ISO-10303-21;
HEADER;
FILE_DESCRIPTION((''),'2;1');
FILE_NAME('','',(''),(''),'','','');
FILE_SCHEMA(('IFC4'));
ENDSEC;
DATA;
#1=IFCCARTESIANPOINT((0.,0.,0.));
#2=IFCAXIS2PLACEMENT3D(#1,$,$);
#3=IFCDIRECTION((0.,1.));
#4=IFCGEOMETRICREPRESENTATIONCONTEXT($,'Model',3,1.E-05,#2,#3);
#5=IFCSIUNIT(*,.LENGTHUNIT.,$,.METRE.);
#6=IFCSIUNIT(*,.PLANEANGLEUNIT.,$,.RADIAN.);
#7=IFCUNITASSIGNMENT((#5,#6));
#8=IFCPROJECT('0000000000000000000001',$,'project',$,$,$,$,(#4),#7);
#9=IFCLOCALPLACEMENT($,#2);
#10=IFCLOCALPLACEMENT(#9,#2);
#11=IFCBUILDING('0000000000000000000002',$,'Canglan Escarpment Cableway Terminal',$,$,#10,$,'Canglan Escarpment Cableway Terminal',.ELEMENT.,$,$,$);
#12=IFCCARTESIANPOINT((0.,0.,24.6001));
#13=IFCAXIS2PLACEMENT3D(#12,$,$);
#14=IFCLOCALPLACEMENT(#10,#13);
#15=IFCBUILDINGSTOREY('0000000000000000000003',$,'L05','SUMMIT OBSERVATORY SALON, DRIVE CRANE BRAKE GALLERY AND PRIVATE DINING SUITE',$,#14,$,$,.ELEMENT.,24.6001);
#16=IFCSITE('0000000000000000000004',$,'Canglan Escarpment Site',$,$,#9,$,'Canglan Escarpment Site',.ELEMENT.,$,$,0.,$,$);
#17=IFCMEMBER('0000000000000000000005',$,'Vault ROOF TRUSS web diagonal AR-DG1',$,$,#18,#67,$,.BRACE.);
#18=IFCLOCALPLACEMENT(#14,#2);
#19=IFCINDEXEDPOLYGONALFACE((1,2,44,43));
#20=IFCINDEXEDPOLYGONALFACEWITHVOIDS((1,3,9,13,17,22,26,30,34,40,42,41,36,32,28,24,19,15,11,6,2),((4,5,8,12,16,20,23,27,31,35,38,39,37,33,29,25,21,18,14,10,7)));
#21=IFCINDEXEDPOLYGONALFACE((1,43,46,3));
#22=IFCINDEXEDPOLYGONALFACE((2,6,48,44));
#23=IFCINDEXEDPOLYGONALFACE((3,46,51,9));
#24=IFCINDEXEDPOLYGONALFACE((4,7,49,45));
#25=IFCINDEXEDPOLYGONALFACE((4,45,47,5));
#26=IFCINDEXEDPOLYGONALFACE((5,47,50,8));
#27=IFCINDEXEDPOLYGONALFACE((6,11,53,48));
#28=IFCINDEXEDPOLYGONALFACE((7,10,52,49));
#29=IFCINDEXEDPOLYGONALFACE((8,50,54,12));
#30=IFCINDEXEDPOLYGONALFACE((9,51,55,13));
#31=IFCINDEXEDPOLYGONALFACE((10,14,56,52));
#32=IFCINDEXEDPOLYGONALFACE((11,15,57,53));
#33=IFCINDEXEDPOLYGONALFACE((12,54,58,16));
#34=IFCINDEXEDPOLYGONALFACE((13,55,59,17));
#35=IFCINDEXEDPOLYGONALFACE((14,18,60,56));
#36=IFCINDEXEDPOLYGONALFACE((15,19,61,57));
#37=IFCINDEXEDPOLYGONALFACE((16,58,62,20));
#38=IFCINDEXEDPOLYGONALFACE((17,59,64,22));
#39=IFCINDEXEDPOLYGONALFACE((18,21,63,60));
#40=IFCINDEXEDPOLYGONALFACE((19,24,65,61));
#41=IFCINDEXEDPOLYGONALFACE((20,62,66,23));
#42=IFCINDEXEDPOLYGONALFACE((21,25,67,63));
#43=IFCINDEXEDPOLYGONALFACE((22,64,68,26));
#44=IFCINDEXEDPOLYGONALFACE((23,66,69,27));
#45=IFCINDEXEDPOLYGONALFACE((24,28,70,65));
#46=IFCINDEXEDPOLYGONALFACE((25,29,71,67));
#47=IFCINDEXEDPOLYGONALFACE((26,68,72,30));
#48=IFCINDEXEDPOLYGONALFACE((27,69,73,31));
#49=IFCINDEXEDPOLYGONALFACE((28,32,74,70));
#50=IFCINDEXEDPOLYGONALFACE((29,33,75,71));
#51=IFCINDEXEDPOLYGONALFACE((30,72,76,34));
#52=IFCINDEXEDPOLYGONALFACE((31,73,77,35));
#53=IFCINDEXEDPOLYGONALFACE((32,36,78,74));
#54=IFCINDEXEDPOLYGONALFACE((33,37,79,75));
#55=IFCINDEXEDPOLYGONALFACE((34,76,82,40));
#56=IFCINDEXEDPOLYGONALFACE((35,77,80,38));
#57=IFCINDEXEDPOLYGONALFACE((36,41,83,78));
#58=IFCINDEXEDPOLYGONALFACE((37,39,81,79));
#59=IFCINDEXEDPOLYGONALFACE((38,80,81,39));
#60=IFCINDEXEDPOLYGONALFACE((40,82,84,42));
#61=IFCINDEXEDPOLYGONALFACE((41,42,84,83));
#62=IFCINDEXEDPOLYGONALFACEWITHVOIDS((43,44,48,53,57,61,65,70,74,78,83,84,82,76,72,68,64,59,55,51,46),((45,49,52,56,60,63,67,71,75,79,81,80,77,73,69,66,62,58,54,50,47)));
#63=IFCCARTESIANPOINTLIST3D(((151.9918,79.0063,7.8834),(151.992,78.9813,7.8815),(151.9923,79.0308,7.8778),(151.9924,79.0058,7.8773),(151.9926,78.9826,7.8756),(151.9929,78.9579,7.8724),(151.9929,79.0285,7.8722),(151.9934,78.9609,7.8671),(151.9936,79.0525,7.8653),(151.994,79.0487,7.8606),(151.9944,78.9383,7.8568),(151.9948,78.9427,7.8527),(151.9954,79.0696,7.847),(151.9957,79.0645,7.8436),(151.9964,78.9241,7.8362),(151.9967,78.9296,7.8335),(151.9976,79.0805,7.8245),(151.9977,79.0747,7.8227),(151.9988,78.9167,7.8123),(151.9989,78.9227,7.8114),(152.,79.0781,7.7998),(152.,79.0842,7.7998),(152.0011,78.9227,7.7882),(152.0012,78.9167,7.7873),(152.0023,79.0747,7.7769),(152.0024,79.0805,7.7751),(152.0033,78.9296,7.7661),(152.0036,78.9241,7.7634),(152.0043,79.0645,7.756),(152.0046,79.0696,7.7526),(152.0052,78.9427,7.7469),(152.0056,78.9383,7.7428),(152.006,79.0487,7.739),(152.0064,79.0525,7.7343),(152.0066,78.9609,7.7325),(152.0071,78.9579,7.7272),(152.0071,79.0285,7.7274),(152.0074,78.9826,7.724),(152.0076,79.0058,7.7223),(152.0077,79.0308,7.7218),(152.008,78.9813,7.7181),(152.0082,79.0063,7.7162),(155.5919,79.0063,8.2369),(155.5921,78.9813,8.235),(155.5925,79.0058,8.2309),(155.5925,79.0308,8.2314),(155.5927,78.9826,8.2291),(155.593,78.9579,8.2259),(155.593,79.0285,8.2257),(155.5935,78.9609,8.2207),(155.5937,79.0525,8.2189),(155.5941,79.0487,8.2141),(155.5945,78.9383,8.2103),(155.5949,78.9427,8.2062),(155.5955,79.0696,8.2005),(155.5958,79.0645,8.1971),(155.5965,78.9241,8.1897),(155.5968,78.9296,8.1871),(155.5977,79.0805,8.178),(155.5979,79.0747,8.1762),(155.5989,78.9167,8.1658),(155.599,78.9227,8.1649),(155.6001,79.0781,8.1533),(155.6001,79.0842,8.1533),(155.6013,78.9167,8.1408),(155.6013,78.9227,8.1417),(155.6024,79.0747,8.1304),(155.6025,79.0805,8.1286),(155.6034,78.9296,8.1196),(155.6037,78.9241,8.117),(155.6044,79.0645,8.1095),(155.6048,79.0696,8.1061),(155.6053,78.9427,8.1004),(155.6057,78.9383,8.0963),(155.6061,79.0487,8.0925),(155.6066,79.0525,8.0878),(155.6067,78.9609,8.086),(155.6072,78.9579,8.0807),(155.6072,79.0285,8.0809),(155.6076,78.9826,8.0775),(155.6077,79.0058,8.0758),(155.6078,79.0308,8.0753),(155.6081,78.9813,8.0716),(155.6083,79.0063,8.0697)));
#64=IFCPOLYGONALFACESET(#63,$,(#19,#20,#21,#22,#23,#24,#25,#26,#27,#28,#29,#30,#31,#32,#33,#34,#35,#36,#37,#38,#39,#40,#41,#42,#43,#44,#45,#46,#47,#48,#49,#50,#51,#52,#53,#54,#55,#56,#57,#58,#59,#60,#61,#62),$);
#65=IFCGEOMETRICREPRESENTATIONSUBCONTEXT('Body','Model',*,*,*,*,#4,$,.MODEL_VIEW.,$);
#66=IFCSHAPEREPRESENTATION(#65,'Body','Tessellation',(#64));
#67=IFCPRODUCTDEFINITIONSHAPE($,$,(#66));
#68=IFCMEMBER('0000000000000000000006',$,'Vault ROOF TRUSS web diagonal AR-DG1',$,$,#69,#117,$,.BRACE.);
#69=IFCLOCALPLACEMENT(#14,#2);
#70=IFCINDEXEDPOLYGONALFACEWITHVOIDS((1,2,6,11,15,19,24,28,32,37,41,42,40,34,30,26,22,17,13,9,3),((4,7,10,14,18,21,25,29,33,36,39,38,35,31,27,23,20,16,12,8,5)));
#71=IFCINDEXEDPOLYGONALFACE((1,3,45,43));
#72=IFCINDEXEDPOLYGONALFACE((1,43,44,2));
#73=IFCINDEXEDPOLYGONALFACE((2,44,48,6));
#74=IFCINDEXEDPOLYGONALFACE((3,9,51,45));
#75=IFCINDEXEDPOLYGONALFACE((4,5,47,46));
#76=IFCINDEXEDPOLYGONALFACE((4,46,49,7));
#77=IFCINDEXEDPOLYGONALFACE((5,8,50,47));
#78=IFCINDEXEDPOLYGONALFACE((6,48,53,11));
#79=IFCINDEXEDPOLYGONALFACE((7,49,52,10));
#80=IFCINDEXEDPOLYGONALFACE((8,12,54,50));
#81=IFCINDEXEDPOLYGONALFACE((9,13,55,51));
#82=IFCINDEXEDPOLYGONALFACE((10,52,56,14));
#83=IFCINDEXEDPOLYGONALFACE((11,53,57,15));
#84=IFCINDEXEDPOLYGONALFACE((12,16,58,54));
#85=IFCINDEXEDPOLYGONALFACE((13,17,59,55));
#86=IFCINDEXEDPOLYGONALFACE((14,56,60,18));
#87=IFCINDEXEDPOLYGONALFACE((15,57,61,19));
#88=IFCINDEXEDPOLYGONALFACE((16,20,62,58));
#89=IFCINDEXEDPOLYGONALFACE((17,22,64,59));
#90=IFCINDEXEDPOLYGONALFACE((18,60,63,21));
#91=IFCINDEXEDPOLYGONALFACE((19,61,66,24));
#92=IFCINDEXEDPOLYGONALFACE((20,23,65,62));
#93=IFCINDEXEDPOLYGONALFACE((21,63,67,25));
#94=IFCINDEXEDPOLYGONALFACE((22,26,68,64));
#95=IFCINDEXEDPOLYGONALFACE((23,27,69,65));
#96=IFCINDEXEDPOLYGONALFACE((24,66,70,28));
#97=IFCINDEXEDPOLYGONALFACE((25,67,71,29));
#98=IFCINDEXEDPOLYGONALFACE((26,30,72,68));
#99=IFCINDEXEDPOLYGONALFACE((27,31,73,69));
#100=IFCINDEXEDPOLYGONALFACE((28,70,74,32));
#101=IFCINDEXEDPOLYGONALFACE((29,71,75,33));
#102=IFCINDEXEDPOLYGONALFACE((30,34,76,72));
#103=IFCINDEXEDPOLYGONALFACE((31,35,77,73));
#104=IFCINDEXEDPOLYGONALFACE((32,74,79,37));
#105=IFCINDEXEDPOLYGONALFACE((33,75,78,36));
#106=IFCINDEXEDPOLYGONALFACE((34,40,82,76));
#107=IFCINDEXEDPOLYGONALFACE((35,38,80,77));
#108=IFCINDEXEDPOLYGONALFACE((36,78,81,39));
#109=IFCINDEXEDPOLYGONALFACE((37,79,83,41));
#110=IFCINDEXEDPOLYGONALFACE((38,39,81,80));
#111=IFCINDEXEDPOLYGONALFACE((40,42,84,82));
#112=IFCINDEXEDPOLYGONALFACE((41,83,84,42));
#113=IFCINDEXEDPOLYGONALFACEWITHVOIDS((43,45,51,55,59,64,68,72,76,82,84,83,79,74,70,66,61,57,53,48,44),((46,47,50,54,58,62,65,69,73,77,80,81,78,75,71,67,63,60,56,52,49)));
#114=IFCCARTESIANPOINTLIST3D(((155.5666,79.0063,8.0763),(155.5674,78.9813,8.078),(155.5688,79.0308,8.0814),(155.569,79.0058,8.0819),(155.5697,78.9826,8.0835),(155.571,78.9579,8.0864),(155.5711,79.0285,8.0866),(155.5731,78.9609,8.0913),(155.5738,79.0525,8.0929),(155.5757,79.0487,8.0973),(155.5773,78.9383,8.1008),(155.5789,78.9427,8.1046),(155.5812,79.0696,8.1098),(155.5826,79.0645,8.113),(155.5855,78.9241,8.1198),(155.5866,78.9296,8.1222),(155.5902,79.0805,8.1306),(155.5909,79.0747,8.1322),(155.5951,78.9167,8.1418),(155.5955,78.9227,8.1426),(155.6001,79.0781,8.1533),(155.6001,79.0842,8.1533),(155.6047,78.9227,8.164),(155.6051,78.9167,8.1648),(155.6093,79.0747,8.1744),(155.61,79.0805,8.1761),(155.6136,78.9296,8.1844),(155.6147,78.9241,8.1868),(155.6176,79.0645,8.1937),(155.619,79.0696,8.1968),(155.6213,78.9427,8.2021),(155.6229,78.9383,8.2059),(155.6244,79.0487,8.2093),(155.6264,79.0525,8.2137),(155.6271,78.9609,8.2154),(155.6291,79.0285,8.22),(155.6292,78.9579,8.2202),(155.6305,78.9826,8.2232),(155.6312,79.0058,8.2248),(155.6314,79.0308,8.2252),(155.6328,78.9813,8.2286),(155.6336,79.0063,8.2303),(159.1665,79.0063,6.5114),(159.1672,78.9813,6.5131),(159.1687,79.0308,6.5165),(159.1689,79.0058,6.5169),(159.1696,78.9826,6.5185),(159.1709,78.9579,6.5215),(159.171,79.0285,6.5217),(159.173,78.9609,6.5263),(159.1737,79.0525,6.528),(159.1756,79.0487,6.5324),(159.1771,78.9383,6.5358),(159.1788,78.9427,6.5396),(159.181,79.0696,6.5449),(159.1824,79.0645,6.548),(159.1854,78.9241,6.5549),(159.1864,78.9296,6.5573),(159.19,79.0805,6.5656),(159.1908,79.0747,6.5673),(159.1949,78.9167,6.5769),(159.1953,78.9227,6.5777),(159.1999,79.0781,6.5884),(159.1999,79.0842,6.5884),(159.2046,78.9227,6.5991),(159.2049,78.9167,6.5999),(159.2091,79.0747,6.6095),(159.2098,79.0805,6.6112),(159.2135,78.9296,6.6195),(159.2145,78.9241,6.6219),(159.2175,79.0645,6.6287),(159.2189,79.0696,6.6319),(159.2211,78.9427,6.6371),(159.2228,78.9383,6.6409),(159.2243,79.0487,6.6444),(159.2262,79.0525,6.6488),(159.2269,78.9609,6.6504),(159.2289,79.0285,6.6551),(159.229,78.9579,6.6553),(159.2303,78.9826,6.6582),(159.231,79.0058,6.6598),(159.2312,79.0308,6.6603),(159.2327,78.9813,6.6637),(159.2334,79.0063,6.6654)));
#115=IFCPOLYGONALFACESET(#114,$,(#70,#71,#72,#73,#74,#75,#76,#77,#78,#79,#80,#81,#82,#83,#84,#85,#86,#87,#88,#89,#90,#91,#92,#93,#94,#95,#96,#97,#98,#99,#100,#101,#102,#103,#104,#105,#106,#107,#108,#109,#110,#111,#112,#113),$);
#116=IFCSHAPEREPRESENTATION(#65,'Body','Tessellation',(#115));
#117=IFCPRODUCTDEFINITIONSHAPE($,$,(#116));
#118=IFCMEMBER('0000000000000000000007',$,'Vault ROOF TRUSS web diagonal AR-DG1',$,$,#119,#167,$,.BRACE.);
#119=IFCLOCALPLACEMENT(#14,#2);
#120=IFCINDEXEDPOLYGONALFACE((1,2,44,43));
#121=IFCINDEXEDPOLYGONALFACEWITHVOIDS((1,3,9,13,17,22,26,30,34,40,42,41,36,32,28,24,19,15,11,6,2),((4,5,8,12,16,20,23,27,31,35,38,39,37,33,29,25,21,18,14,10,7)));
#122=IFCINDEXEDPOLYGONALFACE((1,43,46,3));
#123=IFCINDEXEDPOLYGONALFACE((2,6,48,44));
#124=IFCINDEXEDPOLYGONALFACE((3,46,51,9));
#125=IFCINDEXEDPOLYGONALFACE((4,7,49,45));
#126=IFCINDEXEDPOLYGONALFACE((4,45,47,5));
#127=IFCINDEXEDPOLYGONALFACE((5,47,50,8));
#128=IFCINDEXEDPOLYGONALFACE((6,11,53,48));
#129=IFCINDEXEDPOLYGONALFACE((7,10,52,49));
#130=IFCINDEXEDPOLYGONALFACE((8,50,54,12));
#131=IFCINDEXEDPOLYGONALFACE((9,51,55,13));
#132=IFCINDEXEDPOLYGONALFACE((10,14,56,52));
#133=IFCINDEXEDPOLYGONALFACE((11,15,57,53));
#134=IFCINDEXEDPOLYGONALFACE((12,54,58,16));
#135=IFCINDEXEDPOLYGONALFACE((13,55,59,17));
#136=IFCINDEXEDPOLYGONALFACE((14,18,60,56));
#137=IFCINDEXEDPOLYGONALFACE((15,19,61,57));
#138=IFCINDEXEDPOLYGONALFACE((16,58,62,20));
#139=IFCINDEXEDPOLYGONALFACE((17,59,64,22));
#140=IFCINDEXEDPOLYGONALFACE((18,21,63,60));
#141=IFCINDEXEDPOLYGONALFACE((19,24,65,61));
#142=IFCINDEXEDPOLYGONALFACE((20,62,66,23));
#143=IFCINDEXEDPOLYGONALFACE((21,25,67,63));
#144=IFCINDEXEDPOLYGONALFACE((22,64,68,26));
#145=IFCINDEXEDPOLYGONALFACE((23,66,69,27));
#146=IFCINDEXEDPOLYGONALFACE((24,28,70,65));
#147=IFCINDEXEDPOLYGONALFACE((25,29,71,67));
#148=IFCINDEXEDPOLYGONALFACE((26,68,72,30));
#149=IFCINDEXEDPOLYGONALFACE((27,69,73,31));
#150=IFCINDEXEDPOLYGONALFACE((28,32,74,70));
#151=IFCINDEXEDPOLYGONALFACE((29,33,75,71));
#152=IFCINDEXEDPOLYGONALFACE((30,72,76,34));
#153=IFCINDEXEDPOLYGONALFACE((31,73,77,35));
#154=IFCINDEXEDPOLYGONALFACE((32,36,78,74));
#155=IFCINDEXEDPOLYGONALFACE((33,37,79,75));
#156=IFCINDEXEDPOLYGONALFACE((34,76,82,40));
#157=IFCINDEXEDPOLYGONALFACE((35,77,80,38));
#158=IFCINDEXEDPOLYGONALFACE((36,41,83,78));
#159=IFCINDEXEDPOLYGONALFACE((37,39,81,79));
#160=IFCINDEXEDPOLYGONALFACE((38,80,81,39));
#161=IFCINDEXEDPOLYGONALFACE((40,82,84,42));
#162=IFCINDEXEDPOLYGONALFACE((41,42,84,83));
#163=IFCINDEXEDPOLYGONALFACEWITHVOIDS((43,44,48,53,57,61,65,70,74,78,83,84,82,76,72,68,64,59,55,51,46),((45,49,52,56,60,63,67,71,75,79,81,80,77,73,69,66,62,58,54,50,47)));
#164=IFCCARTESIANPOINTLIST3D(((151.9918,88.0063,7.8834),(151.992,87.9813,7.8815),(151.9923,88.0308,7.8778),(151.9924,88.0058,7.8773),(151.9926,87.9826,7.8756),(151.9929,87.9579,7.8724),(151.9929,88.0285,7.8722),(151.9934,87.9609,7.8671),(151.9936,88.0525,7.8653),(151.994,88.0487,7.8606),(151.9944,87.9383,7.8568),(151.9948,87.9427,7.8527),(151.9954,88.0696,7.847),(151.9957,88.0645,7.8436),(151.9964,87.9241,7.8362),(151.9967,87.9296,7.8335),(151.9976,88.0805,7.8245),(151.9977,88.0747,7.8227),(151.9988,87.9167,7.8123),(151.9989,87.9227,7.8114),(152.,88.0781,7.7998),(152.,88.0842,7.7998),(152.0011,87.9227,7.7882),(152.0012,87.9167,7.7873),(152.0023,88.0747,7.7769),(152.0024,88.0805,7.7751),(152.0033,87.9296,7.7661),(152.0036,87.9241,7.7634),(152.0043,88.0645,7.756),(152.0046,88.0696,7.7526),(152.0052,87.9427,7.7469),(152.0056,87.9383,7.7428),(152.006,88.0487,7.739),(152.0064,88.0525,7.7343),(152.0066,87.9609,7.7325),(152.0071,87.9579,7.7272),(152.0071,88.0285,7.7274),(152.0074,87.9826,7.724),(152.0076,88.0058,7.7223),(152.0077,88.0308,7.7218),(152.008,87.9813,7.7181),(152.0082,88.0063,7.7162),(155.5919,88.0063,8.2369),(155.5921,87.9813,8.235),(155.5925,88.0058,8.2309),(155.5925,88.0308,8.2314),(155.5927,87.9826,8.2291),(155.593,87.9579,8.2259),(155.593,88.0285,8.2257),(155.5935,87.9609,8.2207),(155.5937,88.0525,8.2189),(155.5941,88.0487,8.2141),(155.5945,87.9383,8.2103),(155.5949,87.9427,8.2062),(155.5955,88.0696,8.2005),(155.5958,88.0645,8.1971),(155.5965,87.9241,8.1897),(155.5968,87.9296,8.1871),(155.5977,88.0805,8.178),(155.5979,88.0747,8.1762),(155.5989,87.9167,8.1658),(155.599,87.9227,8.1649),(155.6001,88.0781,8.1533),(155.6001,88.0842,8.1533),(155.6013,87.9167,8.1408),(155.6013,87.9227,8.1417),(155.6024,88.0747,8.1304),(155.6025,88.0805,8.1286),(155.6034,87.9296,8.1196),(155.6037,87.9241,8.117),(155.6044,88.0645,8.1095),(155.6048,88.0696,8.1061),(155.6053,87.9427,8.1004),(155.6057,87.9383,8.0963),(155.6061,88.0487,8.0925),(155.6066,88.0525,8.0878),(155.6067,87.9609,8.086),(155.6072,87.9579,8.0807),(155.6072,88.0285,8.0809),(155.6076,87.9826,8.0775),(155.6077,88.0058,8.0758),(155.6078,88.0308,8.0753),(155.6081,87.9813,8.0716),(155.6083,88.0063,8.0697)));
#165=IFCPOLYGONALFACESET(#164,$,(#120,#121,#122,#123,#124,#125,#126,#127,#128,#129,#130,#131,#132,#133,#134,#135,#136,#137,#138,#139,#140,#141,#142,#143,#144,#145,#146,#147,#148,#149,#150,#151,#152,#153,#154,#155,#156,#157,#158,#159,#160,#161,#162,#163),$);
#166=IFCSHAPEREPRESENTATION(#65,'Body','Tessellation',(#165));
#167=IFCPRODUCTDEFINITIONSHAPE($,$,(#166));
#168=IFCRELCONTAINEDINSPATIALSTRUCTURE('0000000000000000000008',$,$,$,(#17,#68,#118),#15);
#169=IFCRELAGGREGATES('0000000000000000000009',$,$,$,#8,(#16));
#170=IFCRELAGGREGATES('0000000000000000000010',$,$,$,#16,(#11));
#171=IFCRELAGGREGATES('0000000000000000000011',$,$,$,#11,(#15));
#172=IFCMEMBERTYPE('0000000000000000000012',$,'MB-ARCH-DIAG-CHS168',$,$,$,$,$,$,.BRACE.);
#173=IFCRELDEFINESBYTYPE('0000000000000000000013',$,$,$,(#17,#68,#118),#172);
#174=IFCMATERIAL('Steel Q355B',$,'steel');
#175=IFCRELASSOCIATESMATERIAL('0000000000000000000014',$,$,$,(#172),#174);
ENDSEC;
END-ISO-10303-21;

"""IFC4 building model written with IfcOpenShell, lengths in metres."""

from ifc_helpers import new_model, si_unit, direction, frame, origin, origin_2d, place, context, subcontext, project, spatial, hollow_circle, extrude, material, material_profile, profile_set, type_object, element, save


model = new_model("IFC4")

# Units and contexts
model_context = context("Model", 3, precision=1e-05, world=origin(), true_north=direction((0.0, 1.0)))
body_context = subcontext(model_context, "Body", "Model", "MODEL_VIEW")
ifc_project = project(units=[si_unit("LENGTHUNIT", "METRE"), si_unit("PLANEANGLEUNIT", "RADIAN")], contexts=[model_context])

# Site, building, storey
site_placement = place(None, origin())
site = spatial("IfcSite", under=ifc_project, at=site_placement, Name="Canglan Escarpment Site", LongName="Canglan Escarpment Site", CompositionType="ELEMENT", RefElevation=0.0)
building_placement = place(site_placement, origin())
building = spatial("IfcBuilding", under=site, at=building_placement, Name="Canglan Escarpment Cableway Terminal", LongName="Canglan Escarpment Cableway Terminal", CompositionType="ELEMENT")
storey_placement = place(building_placement, frame((0.0, 0.0, 24.6001)))
storey = spatial("IfcBuildingStorey", under=building, at=storey_placement, Name="L05", Description="SUMMIT OBSERVATORY SALON, DRIVE CRANE BRAKE GALLERY AND PRIVATE DINING SUITE", CompositionType="ELEMENT", Elevation=24.6001)

# Shared definitions
ifc_material = material(Name="Steel Q355B", Category="steel")

# Members
ifc_material_profile_1 = material_profile(ifc_material, hollow_circle(Radius=0.0842, WallThickness=0.0061, at=origin_2d()), Name="CHS 168.3x6")
ifc_profile_set_1 = profile_set([ifc_material_profile_1], Name="Steel Q355B")
member_type_1 = type_object("IfcMemberType", Name="MB-ARCH-DIAG-CHS168", PredefinedType="BRACE", material=ifc_profile_set_1)
member_1_placement = place(storey_placement, frame((152.0, 79.0, 7.7998), z_axis=(0.995213, 0.0, 0.097726), x_axis=(0.0, 1.0, 0.0)))
element("IfcMember", 1, at=member_1_placement, inside=storey, type_object=member_type_1, Name="Vault ROOF TRUSS web diagonal AR-DG1", PredefinedType="BRACE", context=body_context, shape_type="SweptSolid", body=[
    extrude(hollow_circle(Radius=0.0842, WallThickness=0.0061, at=origin_2d()), origin(), (0.0, 0.0, 1.0), 3.6174),
])
member_2_placement = place(storey_placement, frame((155.6001, 79.0, 8.1533), z_axis=(0.91709, 0.0, -0.398681), x_axis=(0.0, 1.0, 0.0)))
element("IfcMember", 2, at=member_2_placement, inside=storey, type_object=member_type_1, Name="Vault ROOF TRUSS web diagonal AR-DG1", PredefinedType="BRACE", context=body_context, shape_type="SweptSolid", body=[
    extrude(hollow_circle(Radius=0.0842, WallThickness=0.0061, at=origin_2d()), origin(), (0.0, 0.0, 1.0), 3.9253),
])
member_3_placement = place(storey_placement, frame((152.0, 88.0, 7.7998), z_axis=(0.995213, 0.0, 0.097726), x_axis=(0.0, 1.0, 0.0)))
element("IfcMember", 3, at=member_3_placement, inside=storey, type_object=member_type_1, Name="Vault ROOF TRUSS web diagonal AR-DG1", PredefinedType="BRACE", context=body_context, shape_type="SweptSolid", body=[
    extrude(hollow_circle(Radius=0.0842, WallThickness=0.0061, at=origin_2d()), origin(), (0.0, 0.0, 1.0), 3.6174),
])

save(model, "model.ifc")
